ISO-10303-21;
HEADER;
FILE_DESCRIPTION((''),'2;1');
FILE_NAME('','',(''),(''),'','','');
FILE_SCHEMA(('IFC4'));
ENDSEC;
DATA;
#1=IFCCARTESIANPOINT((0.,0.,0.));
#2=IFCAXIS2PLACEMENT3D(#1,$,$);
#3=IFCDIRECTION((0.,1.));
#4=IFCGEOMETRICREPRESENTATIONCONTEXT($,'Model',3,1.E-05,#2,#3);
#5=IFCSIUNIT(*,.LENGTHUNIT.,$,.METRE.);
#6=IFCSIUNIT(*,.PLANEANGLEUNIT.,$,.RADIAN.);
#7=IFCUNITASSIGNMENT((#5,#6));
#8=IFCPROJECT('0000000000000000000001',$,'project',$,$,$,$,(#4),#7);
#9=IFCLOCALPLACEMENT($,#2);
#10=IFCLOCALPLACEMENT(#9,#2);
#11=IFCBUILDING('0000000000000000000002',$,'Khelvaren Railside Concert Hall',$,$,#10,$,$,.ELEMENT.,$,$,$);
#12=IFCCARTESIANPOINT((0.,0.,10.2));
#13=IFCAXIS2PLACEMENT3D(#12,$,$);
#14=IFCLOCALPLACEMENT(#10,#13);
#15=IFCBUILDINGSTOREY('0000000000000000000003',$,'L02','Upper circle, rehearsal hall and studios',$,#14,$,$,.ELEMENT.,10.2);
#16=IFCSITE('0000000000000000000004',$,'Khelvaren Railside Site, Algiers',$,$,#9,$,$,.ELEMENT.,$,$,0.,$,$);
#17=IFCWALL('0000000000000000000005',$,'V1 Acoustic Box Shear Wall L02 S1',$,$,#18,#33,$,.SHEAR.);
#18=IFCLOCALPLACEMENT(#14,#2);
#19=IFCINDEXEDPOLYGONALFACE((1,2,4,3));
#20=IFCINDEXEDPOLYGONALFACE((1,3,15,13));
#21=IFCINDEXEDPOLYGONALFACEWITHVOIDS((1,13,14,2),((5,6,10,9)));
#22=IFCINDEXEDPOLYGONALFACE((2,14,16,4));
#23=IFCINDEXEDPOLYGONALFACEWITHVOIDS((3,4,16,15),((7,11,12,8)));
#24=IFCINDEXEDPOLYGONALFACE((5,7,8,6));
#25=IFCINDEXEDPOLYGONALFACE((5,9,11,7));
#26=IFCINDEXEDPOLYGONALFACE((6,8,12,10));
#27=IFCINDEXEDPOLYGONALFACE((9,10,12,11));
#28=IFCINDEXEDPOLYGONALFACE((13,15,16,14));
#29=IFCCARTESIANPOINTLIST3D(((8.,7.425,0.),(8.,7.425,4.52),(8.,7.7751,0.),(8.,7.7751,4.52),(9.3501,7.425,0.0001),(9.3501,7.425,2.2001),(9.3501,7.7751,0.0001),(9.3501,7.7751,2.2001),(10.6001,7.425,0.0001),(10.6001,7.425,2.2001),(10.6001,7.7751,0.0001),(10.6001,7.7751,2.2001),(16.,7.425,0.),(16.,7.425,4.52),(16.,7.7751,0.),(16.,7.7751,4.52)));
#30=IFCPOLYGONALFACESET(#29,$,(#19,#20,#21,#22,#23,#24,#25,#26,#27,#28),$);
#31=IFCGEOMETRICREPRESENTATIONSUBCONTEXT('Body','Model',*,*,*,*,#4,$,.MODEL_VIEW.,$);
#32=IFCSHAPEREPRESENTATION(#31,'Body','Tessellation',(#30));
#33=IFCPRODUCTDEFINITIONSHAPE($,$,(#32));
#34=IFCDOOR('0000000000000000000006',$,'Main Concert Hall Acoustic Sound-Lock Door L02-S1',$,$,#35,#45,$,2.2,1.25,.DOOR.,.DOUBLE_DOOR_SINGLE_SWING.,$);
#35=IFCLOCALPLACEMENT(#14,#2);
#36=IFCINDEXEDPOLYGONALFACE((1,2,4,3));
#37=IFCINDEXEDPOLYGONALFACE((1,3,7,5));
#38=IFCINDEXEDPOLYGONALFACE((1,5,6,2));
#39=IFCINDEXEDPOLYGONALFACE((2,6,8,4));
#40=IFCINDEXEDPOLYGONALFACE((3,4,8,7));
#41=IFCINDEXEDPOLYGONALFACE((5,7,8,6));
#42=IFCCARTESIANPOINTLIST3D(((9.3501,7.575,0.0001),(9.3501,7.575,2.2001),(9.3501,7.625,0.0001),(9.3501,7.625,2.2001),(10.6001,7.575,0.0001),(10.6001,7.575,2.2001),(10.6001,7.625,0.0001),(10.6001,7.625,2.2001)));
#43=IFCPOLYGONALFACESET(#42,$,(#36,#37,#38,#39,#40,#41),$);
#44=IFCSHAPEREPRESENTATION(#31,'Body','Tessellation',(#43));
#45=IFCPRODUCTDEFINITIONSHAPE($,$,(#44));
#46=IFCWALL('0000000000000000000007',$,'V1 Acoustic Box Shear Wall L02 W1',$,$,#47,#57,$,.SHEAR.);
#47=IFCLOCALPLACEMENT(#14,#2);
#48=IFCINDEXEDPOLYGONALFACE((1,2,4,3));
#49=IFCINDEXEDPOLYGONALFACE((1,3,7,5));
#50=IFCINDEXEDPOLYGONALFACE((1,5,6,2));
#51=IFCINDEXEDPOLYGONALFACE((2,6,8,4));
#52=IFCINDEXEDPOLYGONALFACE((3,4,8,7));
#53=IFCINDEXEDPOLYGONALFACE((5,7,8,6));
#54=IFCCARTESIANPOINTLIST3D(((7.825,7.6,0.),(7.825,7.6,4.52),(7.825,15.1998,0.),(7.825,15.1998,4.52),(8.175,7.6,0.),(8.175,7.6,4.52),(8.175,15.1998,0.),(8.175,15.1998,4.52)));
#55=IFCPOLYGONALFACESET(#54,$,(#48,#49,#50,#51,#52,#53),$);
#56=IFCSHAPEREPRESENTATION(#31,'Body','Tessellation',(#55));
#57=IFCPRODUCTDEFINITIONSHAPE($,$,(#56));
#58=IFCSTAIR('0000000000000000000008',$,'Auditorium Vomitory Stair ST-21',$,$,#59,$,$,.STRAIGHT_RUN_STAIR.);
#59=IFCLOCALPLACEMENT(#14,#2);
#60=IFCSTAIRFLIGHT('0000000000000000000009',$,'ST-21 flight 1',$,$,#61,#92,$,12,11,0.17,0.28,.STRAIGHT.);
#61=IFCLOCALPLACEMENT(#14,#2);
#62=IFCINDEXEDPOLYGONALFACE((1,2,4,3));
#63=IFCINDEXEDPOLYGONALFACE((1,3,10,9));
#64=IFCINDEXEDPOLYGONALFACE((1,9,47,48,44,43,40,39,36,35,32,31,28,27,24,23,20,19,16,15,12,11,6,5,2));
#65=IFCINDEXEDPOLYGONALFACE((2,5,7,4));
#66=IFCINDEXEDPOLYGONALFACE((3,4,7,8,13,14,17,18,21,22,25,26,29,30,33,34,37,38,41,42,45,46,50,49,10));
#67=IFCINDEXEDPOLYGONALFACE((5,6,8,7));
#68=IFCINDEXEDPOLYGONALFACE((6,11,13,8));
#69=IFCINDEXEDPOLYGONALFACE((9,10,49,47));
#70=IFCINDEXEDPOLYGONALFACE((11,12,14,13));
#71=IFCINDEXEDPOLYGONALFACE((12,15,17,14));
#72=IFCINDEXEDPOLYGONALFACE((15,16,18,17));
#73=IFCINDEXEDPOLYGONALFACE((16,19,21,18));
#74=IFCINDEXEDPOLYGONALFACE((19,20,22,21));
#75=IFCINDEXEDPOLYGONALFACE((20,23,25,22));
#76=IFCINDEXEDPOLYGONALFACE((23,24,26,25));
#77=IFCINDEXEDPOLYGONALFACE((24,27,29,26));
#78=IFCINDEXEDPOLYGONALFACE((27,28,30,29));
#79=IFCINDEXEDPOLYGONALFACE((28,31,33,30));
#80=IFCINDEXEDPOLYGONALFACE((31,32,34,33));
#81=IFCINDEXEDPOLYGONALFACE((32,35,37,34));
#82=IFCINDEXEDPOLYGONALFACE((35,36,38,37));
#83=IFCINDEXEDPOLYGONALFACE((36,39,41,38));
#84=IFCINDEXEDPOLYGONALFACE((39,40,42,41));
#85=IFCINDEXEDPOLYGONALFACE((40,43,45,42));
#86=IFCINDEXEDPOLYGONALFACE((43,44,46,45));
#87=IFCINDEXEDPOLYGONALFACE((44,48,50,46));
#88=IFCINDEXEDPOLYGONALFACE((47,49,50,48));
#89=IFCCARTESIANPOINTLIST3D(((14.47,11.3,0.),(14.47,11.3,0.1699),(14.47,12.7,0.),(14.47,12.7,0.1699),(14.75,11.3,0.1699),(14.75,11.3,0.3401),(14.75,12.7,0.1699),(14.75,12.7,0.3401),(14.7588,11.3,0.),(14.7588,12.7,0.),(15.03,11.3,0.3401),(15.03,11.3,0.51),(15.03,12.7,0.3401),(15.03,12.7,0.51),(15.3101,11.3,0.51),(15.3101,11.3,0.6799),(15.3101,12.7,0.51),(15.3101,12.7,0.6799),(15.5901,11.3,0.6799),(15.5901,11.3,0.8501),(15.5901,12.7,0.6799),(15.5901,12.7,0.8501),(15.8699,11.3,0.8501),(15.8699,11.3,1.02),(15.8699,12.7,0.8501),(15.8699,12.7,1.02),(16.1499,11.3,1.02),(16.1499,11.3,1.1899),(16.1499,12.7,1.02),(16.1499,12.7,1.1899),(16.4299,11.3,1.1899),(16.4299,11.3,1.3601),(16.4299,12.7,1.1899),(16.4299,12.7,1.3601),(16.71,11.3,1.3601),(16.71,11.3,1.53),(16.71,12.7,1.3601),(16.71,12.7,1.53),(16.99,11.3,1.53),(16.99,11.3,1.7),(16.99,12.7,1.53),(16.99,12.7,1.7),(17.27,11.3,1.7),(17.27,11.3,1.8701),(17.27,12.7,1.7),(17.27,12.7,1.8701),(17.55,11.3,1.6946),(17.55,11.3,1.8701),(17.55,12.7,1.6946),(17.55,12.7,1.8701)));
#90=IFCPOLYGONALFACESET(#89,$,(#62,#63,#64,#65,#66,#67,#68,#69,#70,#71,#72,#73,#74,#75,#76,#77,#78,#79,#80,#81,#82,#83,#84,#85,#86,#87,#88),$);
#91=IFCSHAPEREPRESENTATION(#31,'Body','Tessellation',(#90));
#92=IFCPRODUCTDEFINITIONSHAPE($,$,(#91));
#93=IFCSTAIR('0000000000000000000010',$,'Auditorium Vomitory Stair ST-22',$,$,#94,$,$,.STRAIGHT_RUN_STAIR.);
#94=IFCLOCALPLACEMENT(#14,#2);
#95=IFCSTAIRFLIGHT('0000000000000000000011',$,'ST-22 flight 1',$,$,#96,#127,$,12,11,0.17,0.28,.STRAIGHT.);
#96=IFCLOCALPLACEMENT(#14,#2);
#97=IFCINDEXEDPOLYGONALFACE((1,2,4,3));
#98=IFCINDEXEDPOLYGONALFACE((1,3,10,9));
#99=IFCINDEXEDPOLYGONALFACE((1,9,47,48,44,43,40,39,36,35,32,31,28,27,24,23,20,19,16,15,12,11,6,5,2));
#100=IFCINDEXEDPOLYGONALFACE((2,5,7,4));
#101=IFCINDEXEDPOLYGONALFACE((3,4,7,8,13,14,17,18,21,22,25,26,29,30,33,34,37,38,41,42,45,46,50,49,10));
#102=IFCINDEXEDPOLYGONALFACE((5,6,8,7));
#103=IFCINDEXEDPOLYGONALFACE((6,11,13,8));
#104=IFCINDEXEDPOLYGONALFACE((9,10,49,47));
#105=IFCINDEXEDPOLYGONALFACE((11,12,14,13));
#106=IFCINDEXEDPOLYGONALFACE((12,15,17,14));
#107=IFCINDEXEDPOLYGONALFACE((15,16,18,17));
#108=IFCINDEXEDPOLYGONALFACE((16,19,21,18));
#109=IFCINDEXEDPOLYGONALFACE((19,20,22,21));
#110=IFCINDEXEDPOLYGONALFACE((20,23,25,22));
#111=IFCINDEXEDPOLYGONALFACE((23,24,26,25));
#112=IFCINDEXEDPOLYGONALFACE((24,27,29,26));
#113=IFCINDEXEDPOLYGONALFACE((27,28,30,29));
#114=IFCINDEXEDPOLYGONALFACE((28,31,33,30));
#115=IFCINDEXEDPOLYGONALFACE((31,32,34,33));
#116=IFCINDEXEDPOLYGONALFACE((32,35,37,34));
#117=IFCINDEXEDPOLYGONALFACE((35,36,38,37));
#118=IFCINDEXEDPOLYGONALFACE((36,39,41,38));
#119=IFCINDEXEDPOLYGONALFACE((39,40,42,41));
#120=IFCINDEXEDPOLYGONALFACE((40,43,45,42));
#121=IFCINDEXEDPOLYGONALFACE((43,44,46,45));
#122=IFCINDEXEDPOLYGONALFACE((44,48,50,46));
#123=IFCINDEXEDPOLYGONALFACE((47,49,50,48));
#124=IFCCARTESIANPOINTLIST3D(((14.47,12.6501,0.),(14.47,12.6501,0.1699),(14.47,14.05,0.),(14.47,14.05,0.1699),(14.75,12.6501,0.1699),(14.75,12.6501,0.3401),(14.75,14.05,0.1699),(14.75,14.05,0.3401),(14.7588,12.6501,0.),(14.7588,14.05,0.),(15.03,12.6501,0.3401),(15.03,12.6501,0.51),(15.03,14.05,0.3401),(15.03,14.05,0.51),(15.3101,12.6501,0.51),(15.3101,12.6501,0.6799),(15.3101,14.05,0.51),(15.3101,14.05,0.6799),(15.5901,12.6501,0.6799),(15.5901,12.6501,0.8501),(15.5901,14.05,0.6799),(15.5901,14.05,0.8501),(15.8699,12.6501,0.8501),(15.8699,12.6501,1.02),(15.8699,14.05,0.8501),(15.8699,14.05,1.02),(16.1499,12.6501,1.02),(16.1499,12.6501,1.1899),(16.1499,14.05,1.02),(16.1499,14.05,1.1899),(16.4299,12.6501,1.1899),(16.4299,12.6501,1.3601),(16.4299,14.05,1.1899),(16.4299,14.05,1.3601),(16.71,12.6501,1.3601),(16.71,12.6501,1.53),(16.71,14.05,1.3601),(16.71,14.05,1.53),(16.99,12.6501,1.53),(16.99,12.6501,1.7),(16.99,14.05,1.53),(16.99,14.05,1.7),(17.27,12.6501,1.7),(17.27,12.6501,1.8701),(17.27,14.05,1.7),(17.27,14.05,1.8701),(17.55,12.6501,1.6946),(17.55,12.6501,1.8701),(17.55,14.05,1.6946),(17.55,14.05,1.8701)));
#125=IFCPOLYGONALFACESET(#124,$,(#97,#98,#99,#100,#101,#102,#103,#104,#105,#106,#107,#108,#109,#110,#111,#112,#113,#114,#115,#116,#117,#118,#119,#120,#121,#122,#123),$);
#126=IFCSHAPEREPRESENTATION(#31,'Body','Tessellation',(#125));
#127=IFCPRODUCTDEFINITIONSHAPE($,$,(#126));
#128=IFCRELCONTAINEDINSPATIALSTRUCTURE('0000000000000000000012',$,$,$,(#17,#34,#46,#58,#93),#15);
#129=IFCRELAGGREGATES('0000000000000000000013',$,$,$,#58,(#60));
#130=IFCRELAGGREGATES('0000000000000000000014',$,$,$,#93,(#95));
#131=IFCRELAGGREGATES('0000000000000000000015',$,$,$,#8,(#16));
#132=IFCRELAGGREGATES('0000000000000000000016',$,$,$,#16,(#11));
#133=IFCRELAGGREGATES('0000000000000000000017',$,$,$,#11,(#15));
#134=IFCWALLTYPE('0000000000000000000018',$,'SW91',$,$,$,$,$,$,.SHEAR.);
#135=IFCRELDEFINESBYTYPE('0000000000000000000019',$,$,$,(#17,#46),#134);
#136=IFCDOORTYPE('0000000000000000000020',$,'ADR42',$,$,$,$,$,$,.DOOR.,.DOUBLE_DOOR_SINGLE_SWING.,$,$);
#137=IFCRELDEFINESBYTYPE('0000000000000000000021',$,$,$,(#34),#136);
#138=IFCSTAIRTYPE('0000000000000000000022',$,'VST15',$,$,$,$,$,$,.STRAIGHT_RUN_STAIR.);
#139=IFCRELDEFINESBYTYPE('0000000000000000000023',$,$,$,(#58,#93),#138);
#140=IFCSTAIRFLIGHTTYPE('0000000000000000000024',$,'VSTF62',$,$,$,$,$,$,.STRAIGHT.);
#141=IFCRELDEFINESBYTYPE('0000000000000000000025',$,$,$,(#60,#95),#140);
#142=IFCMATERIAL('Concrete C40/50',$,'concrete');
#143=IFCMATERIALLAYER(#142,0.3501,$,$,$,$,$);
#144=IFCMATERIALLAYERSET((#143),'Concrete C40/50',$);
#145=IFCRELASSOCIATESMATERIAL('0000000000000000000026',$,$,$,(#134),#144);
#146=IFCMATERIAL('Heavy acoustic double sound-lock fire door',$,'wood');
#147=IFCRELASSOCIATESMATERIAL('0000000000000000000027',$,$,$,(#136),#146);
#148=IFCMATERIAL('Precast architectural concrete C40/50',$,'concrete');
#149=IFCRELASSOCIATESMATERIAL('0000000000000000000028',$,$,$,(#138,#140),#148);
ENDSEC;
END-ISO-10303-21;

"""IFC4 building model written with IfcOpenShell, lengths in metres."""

from ifc_helpers import new_model, si_unit, direction, frame, frame_2d, origin, place, context, subcontext, project, spatial, polyline, rectangle, outline, extrude, material, layer, layer_set, type_object, element, fill, aggregate, save


model = new_model("IFC4")

# Units and contexts
model_context = context("Model", 3, precision=1e-05, world=origin(), true_north=direction((0.0, 1.0)))
body_context = subcontext(model_context, "Body", "Model", "MODEL_VIEW")
ifc_project = project(units=[si_unit("LENGTHUNIT", "METRE"), si_unit("PLANEANGLEUNIT", "RADIAN")], contexts=[model_context])

# Site, building, storey
site_placement = place(None, origin())
site = spatial("IfcSite", under=ifc_project, at=site_placement, Name="Khelvaren Railside Site, Algiers", CompositionType="ELEMENT", RefElevation=0.0)
building_placement = place(site_placement, origin())
building = spatial("IfcBuilding", under=site, at=building_placement, Name="Khelvaren Railside Concert Hall", CompositionType="ELEMENT")
storey_placement = place(building_placement, frame((0.0, 0.0, 10.2)))
storey = spatial("IfcBuildingStorey", under=building, at=storey_placement, Name="L02", Description="Upper circle, rehearsal hall and studios", CompositionType="ELEMENT", Elevation=10.2)

# Wall, opening, door
ifc_material_1 = material(Name="Concrete C40/50", Category="concrete")
ifc_layer = layer(ifc_material_1, 0.3501)
ifc_layer_set = layer_set([ifc_layer], Name="Concrete C40/50")
wall_type = type_object("IfcWallType", Name="SW91", PredefinedType="SHEAR", material=ifc_layer_set)
wall_1_placement = place(storey_placement, frame((8.0, 7.6001, 0.0), z_axis=(0.0, 0.0, 1.0), x_axis=(1.0, 0.0, 0.0)))
wall_1 = element("IfcWall", 1, at=wall_1_placement, inside=storey, type_object=wall_type, Name="V1 Acoustic Box Shear Wall L02 S1", PredefinedType="SHEAR", context=body_context, shape_type="SweptSolid", body=[
    extrude(rectangle(XDim=8.0, YDim=0.3501, at=frame_2d((4.0, 0.0))), origin(), (0.0, 0.0, 1.0), 4.52),
])
opening_placement = place(wall_1_placement, frame((1.3501, 0.0, 0.0)))
opening = element("IfcOpeningElement", 2, at=opening_placement, cuts=wall_1, PredefinedType="OPENING", context=body_context, shape_type="SweptSolid", body=[
    extrude(rectangle(XDim=1.25, YDim=2.2, at=frame_2d((0.625, 1.1001))), frame((0.0, 0.1851, 0.0), z_axis=(0.0, -1.0, 0.0), x_axis=(1.0, 0.0, 0.0)), (0.0, 0.0, 1.0), 0.3701),
])
ifc_material_2 = material(Name="Heavy acoustic double sound-lock fire door", Category="wood")
door_type = type_object("IfcDoorType", Name="ADR42", OperationType="DOUBLE_DOOR_SINGLE_SWING", PredefinedType="DOOR", material=ifc_material_2)
door_placement = place(opening_placement, origin())
door = element("IfcDoor", 3, at=door_placement, inside=storey, type_object=door_type, Name="Main Concert Hall Acoustic Sound-Lock Door L02-S1", OperationType="DOUBLE_DOOR_SINGLE_SWING", OverallHeight=2.2, OverallWidth=1.25, PredefinedType="DOOR", context=body_context, shape_type="SweptSolid", body=[
    extrude(rectangle(XDim=1.25, YDim=2.2, at=frame_2d((0.625, 1.1001))), frame((0.0, 0.0249, 0.0), z_axis=(0.0, -1.0, 0.0), x_axis=(1.0, 0.0, 0.0)), (0.0, 0.0, 1.0), 0.05),
])
fill(opening, door)

# Wall
wall_2_placement = place(storey_placement, frame((8.0, 7.6001, 0.0), z_axis=(0.0, 0.0, 1.0), x_axis=(0.0, 1.0, 0.0)))
element("IfcWall", 4, at=wall_2_placement, inside=storey, type_object=wall_type, Name="V1 Acoustic Box Shear Wall L02 W1", PredefinedType="SHEAR", context=body_context, shape_type="SweptSolid", body=[
    extrude(rectangle(XDim=7.5999, YDim=0.3501, at=frame_2d((3.7998, 0.0))), origin(), (0.0, 0.0, 1.0), 4.52),
])

# Stairs, stair flights
ifc_material_3 = material(Name="Precast architectural concrete C40/50", Category="concrete")
stair_type = type_object("IfcStairType", Name="VST15", PredefinedType="STRAIGHT_RUN_STAIR", material=ifc_material_3)
stair_1_placement = place(storey_placement, origin())
stair_1 = element("IfcStair", 5, at=stair_1_placement, inside=storey, type_object=stair_type, Name="Auditorium Vomitory Stair ST-21", PredefinedType="STRAIGHT_RUN_STAIR")
stair_flight_type = type_object("IfcStairFlightType", Name="VSTF62", PredefinedType="STRAIGHT", material=ifc_material_3)
stair_flight_1_placement = place(storey_placement, frame((14.47, 12.0, 0.0), z_axis=(0.0, 0.0, 1.0), x_axis=(1.0, 0.0, 0.0)))
stair_flight_1 = element("IfcStairFlight", 6, at=stair_flight_1_placement, type_object=stair_flight_type, Name="ST-21 flight 1", NumberOfRisers=12, NumberOfTreads=11, PredefinedType="STRAIGHT", RiserHeight=0.17, TreadLength=0.28, context=body_context, shape_type="SweptSolid", body=[
    extrude(outline(polyline([(0.0, 0.0), (0.0, 0.1699), (0.28, 0.1699), (0.28, 0.3401), (0.5601, 0.3401), (0.5601, 0.51), (0.8401, 0.51), (0.8401, 0.6799), (1.1201, 0.6799), (1.1201, 0.8501), (1.3999, 0.8501), (1.3999, 1.02), (1.6799, 1.02), (1.6799, 1.1899), (1.96, 1.1899), (1.96, 1.3601), (2.24, 1.3601), (2.24, 1.53), (2.52, 1.53), (2.52, 1.7), (2.8, 1.7), (2.8, 1.8701), (3.0801, 1.8701), (3.0801, 2.04), (3.0801, 1.6946), (0.2888, 0.0), (0.0, 0.0)])), frame((0.0, 0.7, 0.0), z_axis=(0.0, -1.0, 0.0), x_axis=(1.0, 0.0, 0.0)), (0.0, 0.0, 1.0), 1.3999),
])
aggregate(stair_1, [stair_flight_1])
stair_2_placement = place(storey_placement, origin())
stair_2 = element("IfcStair", 7, at=stair_2_placement, inside=storey, type_object=stair_type, Name="Auditorium Vomitory Stair ST-22", PredefinedType="STRAIGHT_RUN_STAIR")
stair_flight_2_placement = place(storey_placement, frame((14.47, 13.3501, 0.0), z_axis=(0.0, 0.0, 1.0), x_axis=(1.0, 0.0, 0.0)))
stair_flight_2 = element("IfcStairFlight", 8, at=stair_flight_2_placement, type_object=stair_flight_type, Name="ST-22 flight 1", NumberOfRisers=12, NumberOfTreads=11, PredefinedType="STRAIGHT", RiserHeight=0.17, TreadLength=0.28, context=body_context, shape_type="SweptSolid", body=[
    extrude(outline(polyline([(0.0, 0.0), (0.0, 0.1699), (0.28, 0.1699), (0.28, 0.3401), (0.5601, 0.3401), (0.5601, 0.51), (0.8401, 0.51), (0.8401, 0.6799), (1.1201, 0.6799), (1.1201, 0.8501), (1.3999, 0.8501), (1.3999, 1.02), (1.6799, 1.02), (1.6799, 1.1899), (1.96, 1.1899), (1.96, 1.3601), (2.24, 1.3601), (2.24, 1.53), (2.52, 1.53), (2.52, 1.7), (2.8, 1.7), (2.8, 1.8701), (3.0801, 1.8701), (3.0801, 2.04), (3.0801, 1.6946), (0.2888, 0.0), (0.0, 0.0)])), frame((0.0, 0.7, 0.0), z_axis=(0.0, -1.0, 0.0), x_axis=(1.0, 0.0, 0.0)), (0.0, 0.0, 1.0), 1.3999),
])
aggregate(stair_2, [stair_flight_2])

save(model, "model.ifc")
